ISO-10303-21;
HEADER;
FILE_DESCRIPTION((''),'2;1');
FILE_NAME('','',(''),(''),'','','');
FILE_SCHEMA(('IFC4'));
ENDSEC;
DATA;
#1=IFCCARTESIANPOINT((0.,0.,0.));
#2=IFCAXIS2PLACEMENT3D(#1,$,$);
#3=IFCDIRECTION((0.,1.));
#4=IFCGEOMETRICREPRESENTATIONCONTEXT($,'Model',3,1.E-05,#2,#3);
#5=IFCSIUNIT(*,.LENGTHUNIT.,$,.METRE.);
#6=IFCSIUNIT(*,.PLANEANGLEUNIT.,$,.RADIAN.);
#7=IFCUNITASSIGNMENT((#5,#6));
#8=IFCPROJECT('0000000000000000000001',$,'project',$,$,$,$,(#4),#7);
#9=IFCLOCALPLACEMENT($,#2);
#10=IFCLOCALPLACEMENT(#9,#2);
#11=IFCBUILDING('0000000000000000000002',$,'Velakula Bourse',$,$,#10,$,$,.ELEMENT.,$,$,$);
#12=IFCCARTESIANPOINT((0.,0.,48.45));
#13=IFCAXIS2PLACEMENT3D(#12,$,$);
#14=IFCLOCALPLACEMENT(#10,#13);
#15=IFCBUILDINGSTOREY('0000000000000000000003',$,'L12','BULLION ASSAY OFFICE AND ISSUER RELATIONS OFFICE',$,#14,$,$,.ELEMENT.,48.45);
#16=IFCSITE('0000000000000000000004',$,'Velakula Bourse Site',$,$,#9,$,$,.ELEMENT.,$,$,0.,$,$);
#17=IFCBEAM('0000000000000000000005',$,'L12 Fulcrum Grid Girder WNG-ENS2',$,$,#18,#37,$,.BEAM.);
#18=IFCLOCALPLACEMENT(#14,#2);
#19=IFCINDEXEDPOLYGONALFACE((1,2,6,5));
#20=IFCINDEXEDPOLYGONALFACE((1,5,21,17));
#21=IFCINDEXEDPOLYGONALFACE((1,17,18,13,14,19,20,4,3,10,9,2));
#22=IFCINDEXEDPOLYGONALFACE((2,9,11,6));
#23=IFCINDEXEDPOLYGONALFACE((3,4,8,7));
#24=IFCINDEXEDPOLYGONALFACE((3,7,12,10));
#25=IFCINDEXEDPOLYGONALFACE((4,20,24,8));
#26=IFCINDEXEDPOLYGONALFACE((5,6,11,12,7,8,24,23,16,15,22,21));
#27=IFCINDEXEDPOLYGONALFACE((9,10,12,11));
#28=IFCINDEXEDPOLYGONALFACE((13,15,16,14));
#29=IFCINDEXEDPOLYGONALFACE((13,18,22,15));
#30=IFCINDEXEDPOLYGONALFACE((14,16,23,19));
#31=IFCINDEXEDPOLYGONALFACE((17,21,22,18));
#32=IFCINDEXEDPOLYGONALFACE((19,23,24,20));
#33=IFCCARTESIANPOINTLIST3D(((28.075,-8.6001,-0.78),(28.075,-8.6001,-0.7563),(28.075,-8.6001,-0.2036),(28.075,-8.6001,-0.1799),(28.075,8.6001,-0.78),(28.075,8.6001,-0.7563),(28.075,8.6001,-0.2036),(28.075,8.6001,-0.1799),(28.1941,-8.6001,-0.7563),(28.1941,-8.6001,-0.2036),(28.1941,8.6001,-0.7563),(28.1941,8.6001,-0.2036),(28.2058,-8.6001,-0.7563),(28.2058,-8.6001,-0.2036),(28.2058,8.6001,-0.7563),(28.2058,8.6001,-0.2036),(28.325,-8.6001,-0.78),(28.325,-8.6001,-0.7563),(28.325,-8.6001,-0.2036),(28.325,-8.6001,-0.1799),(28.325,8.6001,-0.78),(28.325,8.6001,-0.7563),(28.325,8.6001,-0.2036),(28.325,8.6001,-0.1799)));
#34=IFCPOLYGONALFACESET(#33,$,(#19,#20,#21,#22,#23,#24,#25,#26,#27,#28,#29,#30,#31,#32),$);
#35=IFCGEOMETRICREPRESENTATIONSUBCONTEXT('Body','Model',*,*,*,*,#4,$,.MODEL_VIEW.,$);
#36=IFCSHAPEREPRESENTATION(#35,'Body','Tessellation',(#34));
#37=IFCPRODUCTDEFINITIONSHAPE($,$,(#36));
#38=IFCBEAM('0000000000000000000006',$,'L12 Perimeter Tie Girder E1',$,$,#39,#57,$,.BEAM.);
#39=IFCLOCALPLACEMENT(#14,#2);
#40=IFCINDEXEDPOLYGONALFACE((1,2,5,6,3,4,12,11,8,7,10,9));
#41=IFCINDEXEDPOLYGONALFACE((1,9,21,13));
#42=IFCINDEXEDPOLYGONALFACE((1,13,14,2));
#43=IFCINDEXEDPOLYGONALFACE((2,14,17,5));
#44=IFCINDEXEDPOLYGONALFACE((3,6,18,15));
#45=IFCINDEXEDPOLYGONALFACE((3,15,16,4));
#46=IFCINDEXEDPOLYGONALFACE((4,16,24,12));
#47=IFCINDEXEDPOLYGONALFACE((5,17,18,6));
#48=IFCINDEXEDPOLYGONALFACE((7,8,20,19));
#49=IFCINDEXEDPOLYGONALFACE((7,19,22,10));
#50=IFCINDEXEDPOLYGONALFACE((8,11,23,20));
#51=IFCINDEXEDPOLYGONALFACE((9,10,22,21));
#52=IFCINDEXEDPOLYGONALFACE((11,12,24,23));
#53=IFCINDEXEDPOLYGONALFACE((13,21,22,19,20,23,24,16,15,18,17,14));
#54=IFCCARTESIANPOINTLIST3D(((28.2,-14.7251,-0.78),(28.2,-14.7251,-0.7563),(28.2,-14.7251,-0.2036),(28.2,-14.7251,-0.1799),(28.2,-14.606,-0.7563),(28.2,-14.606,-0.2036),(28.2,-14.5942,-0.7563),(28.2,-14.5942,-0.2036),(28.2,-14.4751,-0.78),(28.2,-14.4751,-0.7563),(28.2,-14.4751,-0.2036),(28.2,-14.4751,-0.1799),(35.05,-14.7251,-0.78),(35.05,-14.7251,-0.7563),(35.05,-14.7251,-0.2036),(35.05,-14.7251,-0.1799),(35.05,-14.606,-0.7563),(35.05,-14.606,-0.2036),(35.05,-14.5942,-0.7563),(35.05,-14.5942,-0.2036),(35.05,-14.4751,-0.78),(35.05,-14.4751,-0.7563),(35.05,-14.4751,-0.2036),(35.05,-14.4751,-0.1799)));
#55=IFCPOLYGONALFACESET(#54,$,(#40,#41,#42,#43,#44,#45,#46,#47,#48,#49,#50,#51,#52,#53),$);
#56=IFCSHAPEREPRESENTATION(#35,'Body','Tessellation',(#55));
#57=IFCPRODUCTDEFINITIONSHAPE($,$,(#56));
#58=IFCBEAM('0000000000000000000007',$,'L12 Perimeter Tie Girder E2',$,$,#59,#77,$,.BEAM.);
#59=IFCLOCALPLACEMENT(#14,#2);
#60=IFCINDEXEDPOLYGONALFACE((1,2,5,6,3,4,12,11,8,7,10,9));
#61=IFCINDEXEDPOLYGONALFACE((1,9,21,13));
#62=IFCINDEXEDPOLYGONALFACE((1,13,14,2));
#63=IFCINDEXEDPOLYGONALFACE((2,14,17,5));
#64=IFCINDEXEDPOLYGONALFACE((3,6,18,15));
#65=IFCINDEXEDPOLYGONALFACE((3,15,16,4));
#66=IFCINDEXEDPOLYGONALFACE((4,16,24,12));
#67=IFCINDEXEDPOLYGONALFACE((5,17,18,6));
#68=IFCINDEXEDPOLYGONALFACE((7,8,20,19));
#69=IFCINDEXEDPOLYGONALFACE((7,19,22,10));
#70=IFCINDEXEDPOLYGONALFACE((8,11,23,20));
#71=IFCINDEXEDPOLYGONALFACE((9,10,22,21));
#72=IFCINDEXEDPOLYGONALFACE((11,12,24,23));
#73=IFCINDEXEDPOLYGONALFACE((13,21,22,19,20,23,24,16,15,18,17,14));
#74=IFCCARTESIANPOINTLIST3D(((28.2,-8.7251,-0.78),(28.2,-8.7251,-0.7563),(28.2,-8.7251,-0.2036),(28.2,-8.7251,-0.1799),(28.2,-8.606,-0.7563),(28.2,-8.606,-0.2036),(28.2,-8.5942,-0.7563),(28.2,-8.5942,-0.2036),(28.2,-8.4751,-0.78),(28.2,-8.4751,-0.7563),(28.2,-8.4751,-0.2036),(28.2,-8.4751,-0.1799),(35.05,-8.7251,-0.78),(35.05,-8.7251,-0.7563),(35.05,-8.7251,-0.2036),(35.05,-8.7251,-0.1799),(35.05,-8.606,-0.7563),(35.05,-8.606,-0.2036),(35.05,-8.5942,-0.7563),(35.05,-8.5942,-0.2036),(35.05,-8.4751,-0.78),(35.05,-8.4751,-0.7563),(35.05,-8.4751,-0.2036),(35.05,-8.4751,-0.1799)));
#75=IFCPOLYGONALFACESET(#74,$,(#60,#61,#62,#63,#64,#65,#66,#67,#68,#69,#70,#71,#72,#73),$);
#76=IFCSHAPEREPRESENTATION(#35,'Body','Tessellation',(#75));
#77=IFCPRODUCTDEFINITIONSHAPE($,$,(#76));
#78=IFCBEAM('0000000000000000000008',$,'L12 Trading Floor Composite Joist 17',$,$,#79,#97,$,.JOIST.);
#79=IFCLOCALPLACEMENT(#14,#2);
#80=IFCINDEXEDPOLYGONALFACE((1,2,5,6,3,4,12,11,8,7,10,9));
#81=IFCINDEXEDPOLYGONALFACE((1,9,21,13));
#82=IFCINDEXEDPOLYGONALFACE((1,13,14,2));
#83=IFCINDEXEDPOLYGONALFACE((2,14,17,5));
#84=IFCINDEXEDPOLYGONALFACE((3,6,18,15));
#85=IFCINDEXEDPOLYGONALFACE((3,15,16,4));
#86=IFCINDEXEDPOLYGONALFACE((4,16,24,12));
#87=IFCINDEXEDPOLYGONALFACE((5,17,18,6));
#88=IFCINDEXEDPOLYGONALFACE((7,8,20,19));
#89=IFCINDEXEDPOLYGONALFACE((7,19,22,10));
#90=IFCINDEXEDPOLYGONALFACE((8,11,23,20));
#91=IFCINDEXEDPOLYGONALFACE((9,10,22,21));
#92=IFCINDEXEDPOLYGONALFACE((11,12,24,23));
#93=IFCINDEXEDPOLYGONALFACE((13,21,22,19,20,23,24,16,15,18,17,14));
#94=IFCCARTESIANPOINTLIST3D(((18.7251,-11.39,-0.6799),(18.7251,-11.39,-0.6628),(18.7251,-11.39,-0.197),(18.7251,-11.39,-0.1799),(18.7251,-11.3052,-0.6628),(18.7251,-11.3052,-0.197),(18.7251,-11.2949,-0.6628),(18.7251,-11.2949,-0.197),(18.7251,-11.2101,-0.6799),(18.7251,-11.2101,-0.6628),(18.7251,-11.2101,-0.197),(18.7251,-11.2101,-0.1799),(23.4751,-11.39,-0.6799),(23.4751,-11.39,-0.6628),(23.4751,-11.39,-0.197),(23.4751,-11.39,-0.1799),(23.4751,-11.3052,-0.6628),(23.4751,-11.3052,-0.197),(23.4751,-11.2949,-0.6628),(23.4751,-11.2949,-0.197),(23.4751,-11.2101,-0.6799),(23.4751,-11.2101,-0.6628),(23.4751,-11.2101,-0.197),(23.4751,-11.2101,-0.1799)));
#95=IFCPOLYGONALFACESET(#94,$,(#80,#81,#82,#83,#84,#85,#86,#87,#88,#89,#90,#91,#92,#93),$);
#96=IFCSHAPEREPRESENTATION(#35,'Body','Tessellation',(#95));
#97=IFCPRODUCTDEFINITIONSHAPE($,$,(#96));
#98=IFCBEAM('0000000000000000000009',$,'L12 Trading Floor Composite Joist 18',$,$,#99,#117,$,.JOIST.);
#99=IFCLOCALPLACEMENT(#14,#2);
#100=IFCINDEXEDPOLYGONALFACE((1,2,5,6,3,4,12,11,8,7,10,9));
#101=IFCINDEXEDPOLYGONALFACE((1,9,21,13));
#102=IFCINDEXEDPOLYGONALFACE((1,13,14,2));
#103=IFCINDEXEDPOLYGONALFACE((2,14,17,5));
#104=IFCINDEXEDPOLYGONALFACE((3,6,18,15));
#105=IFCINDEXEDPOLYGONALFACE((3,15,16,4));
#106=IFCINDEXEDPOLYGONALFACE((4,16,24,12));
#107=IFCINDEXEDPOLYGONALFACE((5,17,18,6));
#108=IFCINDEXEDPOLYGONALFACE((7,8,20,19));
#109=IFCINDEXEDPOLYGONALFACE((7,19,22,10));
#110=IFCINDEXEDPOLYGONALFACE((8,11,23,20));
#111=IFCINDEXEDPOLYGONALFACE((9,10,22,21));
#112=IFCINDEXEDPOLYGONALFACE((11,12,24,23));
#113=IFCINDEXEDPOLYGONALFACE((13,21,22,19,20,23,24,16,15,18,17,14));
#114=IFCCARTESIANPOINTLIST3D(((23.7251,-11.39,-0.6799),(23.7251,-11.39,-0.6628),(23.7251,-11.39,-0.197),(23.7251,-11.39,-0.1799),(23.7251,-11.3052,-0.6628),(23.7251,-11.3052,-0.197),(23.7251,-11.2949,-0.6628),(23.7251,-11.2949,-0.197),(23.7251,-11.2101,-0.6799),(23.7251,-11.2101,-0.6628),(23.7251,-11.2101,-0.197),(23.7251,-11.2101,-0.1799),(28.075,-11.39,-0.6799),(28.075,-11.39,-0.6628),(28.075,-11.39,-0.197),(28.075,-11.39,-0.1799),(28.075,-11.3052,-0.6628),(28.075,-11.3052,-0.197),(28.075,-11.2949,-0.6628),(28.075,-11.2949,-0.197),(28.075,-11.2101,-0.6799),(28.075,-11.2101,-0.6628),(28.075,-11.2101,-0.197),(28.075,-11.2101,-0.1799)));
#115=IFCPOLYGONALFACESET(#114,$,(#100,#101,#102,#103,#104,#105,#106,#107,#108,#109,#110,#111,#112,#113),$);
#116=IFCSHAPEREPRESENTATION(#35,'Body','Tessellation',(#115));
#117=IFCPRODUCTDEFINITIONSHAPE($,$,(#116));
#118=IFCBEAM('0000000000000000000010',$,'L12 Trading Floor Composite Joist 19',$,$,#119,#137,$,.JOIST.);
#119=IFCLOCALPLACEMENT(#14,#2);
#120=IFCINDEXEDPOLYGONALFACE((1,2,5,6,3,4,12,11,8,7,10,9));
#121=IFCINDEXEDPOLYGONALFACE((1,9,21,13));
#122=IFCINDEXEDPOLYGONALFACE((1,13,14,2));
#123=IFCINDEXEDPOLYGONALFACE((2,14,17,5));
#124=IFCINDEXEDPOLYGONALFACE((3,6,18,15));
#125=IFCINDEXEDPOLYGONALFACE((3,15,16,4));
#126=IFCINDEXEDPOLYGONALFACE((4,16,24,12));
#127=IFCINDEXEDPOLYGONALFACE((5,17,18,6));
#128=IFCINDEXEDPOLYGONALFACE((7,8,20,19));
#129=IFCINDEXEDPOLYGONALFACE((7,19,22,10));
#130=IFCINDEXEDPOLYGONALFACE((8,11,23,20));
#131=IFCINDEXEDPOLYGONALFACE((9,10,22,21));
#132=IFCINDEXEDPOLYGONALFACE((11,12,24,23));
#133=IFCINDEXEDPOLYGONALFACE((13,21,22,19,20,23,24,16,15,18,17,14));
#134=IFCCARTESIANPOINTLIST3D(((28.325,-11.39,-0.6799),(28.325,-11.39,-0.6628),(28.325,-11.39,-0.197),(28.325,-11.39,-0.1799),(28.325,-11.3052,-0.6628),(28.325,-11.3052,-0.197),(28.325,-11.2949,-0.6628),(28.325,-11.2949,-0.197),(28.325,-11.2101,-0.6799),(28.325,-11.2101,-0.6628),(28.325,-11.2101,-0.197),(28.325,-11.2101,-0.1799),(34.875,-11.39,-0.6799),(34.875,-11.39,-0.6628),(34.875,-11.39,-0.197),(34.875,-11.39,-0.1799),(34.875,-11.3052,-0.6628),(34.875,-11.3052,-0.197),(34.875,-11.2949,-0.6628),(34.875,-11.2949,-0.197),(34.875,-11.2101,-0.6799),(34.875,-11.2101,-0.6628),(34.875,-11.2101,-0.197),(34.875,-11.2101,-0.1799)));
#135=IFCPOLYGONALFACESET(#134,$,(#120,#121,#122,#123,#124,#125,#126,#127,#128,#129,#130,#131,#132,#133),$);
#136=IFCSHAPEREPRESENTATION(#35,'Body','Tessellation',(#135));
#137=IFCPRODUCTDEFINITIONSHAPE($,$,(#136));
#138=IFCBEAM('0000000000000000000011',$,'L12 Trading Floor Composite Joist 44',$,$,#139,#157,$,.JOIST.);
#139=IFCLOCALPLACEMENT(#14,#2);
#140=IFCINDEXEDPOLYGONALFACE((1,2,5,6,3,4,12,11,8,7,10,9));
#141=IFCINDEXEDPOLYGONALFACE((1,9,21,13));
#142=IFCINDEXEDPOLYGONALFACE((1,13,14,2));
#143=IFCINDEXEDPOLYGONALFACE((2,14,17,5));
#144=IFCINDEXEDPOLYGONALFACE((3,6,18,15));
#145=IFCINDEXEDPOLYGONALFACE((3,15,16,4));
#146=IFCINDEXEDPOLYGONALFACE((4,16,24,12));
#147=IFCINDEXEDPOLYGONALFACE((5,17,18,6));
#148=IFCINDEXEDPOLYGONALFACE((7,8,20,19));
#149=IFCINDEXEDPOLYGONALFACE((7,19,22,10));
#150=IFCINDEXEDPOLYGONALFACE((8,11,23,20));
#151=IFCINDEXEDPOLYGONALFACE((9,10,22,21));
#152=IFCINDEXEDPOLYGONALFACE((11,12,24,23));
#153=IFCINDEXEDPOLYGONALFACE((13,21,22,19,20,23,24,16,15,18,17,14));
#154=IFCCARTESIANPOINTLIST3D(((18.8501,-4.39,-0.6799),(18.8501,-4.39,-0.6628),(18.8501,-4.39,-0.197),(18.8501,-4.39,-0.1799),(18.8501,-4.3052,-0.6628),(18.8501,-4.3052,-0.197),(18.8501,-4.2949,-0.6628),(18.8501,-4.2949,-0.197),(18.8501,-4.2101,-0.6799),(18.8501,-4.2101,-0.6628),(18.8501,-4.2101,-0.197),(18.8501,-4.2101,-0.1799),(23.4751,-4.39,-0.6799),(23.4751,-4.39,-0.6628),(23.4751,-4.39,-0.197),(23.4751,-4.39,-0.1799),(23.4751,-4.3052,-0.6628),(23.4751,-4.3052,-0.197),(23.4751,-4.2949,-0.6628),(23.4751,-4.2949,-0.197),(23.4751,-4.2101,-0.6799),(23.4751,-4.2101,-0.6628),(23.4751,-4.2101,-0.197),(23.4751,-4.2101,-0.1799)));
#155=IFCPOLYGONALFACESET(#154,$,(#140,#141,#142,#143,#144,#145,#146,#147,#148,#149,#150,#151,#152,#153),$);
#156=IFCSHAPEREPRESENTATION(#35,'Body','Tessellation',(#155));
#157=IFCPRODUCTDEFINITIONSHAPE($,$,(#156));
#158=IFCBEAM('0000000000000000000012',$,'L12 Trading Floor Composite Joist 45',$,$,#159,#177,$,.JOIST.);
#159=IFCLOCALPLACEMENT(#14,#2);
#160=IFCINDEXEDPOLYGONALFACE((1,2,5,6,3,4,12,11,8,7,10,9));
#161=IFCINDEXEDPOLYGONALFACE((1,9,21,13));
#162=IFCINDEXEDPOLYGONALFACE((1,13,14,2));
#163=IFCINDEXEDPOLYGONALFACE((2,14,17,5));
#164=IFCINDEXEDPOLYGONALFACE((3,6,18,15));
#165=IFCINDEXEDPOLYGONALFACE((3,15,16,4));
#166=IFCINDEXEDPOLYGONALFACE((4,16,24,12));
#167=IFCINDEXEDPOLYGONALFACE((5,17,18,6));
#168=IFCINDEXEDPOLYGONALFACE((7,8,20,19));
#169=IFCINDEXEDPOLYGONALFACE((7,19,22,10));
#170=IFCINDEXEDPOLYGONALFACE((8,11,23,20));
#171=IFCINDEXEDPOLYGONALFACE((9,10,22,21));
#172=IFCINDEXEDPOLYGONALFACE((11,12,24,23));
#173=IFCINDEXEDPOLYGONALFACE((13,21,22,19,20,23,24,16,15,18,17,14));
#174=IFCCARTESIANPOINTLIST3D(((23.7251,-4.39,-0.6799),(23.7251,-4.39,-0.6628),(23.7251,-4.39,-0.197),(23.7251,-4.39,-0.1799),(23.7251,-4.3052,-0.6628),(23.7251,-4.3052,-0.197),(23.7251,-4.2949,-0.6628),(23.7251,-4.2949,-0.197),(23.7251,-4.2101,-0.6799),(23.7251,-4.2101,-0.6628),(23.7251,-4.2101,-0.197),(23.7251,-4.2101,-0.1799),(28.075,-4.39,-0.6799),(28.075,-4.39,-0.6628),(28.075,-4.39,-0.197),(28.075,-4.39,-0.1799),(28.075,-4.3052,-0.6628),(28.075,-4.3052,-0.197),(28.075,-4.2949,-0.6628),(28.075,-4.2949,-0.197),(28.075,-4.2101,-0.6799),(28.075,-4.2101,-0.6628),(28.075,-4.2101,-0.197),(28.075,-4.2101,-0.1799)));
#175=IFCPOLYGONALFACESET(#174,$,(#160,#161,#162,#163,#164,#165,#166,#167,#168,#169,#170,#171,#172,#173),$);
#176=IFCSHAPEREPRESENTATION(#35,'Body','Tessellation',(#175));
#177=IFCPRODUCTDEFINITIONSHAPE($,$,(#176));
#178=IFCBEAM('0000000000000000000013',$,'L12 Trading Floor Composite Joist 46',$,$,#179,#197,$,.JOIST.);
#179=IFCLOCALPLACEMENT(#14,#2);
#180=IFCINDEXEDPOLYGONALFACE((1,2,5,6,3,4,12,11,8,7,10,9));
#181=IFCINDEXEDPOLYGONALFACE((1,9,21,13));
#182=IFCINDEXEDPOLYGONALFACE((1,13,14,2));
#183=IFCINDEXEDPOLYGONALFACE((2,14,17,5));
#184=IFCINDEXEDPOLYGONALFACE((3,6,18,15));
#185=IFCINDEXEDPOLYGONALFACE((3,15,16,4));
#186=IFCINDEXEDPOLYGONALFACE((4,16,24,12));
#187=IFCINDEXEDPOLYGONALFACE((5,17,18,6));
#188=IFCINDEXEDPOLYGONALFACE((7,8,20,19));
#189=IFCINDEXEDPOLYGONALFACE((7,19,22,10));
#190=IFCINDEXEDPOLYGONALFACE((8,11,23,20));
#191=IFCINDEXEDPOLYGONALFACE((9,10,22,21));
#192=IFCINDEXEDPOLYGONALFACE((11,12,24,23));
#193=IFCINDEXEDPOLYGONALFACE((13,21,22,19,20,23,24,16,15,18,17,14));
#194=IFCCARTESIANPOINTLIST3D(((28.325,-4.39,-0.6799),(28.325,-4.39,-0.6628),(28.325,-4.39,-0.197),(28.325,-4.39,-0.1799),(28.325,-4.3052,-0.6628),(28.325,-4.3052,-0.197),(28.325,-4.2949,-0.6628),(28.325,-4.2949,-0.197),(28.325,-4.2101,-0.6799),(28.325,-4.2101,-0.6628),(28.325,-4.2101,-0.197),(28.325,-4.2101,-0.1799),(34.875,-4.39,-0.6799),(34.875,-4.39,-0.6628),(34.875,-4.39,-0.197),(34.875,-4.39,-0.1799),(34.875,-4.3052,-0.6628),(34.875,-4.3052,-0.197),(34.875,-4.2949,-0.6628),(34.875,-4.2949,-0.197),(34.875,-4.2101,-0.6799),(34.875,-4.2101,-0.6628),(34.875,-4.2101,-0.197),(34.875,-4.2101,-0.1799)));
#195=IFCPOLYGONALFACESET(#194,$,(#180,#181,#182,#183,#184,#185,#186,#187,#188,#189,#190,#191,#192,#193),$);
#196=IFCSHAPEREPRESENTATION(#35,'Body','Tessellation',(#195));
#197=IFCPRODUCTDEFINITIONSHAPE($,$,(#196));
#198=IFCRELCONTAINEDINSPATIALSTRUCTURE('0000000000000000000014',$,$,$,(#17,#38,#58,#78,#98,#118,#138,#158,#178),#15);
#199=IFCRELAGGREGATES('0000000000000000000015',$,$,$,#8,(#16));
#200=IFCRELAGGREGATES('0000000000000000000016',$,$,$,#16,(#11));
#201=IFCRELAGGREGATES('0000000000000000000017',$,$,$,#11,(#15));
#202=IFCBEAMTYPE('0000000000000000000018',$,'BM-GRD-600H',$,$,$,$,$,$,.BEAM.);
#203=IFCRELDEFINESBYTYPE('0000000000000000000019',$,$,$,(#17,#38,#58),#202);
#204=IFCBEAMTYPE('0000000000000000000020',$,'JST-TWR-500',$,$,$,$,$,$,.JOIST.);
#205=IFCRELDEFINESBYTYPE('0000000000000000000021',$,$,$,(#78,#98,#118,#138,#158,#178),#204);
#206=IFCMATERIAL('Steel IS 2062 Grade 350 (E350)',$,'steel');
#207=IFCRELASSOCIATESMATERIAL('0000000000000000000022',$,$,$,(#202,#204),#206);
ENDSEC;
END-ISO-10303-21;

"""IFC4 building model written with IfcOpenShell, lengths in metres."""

from ifc_helpers import new_model, si_unit, direction, frame, origin, origin_2d, place, context, subcontext, project, spatial, i_section, extrude, material, material_profile, profile_set, type_object, element, save


model = new_model("IFC4")

# Units and contexts
model_context = context("Model", 3, precision=1e-05, world=origin(), true_north=direction((0.0, 1.0)))
body_context = subcontext(model_context, "Body", "Model", "MODEL_VIEW")
ifc_project = project(units=[si_unit("LENGTHUNIT", "METRE"), si_unit("PLANEANGLEUNIT", "RADIAN")], contexts=[model_context])

# Site, building, storey
site_placement = place(None, origin())
site = spatial("IfcSite", under=ifc_project, at=site_placement, Name="Velakula Bourse Site", CompositionType="ELEMENT", RefElevation=0.0)
building_placement = place(site_placement, origin())
building = spatial("IfcBuilding", under=site, at=building_placement, Name="Velakula Bourse", CompositionType="ELEMENT")
storey_placement = place(building_placement, frame((0.0, 0.0, 48.45)))
storey = spatial("IfcBuildingStorey", under=building, at=storey_placement, Name="L12", Description="BULLION ASSAY OFFICE AND ISSUER RELATIONS OFFICE", CompositionType="ELEMENT", Elevation=48.45)

# Beams
ifc_material_1 = material(Name="Steel IS 2062 Grade 350 (E350)", Category="steel")
ifc_material_profile_1 = material_profile(ifc_material_1, i_section(OverallWidth=0.25, OverallDepth=0.6001, WebThickness=0.0117, FlangeThickness=0.0237, at=origin_2d()), Name="Steel IS 2062 Grade 350 (E350)")
ifc_profile_set_1 = profile_set([ifc_material_profile_1], Name="Steel IS 2062 Grade 350 (E350)")
beam_type_1 = type_object("IfcBeamType", Name="BM-GRD-600H", PredefinedType="BEAM", material=ifc_profile_set_1)
beam_1_placement = place(storey_placement, frame((28.2, -8.6001, -0.48), z_axis=(0.0, 1.0, 0.0), x_axis=(-1.0, 0.0, 0.0)))
element("IfcBeam", 1, at=beam_1_placement, inside=storey, type_object=beam_type_1, Name="L12 Fulcrum Grid Girder WNG-ENS2", PredefinedType="BEAM", context=body_context, shape_type="SweptSolid", body=[
    extrude(i_section(OverallWidth=0.25, OverallDepth=0.6001, WebThickness=0.0117, FlangeThickness=0.0237, at=origin_2d()), origin(), (0.0, 0.0, 1.0), 17.2002),
])
for number, where, z_axis, x_axis, name in (
    (2, (28.2, -14.6001, -0.48), (1.0, 0.0, 0.0), (0.0, 1.0, 0.0), "L12 Perimeter Tie Girder E1"),
    (3, (28.2, -8.6001, -0.48), (1.0, 0.0, 0.0), (0.0, 1.0, 0.0), "L12 Perimeter Tie Girder E2"),
):
    element("IfcBeam", number, at=place(storey_placement, frame(where, z_axis=z_axis, x_axis=x_axis)), inside=storey, type_object=beam_type_1, Name=name, PredefinedType="BEAM", context=body_context, shape_type="SweptSolid", body=[
        extrude(i_section(OverallWidth=0.25, OverallDepth=0.6001, WebThickness=0.0117, FlangeThickness=0.0237, at=origin_2d()), origin(), (0.0, 0.0, 1.0), 6.8501),
    ])
ifc_material_profile_2 = material_profile(ifc_material_1, i_section(OverallWidth=0.1799, OverallDepth=0.5, WebThickness=0.0103, FlangeThickness=0.0171, at=origin_2d()), Name="Steel IS 2062 Grade 350 (E350)")
ifc_profile_set_2 = profile_set([ifc_material_profile_2], Name="Steel IS 2062 Grade 350 (E350)")
beam_type_2 = type_object("IfcBeamType", Name="JST-TWR-500", PredefinedType="JOIST", material=ifc_profile_set_2)
beam_2_placement = place(storey_placement, frame((18.7251, -11.3, -0.4299), z_axis=(1.0, 0.0, 0.0), x_axis=(0.0, 1.0, 0.0)))
element("IfcBeam", 4, at=beam_2_placement, inside=storey, type_object=beam_type_2, Name="L12 Trading Floor Composite Joist 17", PredefinedType="JOIST", context=body_context, shape_type="SweptSolid", body=[
    extrude(i_section(OverallWidth=0.1799, OverallDepth=0.5, WebThickness=0.0103, FlangeThickness=0.0171, at=origin_2d()), origin(), (0.0, 0.0, 1.0), 4.75),
])
beam_3_placement = place(storey_placement, frame((23.7251, -11.3, -0.4299), z_axis=(1.0, 0.0, 0.0), x_axis=(0.0, 1.0, 0.0)))
element("IfcBeam", 5, at=beam_3_placement, inside=storey, type_object=beam_type_2, Name="L12 Trading Floor Composite Joist 18", PredefinedType="JOIST", context=body_context, shape_type="SweptSolid", body=[
    extrude(i_section(OverallWidth=0.1799, OverallDepth=0.5, WebThickness=0.0103, FlangeThickness=0.0171, at=origin_2d()), origin(), (0.0, 0.0, 1.0), 4.3499),
])
beam_4_placement = place(storey_placement, frame((28.325, -11.3, -0.4299), z_axis=(1.0, 0.0, 0.0), x_axis=(0.0, 1.0, 0.0)))
element("IfcBeam", 6, at=beam_4_placement, inside=storey, type_object=beam_type_2, Name="L12 Trading Floor Composite Joist 19", PredefinedType="JOIST", context=body_context, shape_type="SweptSolid", body=[
    extrude(i_section(OverallWidth=0.1799, OverallDepth=0.5, WebThickness=0.0103, FlangeThickness=0.0171, at=origin_2d()), origin(), (0.0, 0.0, 1.0), 6.55),
])
beam_5_placement = place(storey_placement, frame((18.8501, -4.3, -0.4299), z_axis=(1.0, 0.0, 0.0), x_axis=(0.0, 1.0, 0.0)))
element("IfcBeam", 7, at=beam_5_placement, inside=storey, type_object=beam_type_2, Name="L12 Trading Floor Composite Joist 44", PredefinedType="JOIST", context=body_context, shape_type="SweptSolid", body=[
    extrude(i_section(OverallWidth=0.1799, OverallDepth=0.5, WebThickness=0.0103, FlangeThickness=0.0171, at=origin_2d()), origin(), (0.0, 0.0, 1.0), 4.625),
])
beam_6_placement = place(storey_placement, frame((23.7251, -4.3, -0.4299), z_axis=(1.0, 0.0, 0.0), x_axis=(0.0, 1.0, 0.0)))
element("IfcBeam", 8, at=beam_6_placement, inside=storey, type_object=beam_type_2, Name="L12 Trading Floor Composite Joist 45", PredefinedType="JOIST", context=body_context, shape_type="SweptSolid", body=[
    extrude(i_section(OverallWidth=0.1799, OverallDepth=0.5, WebThickness=0.0103, FlangeThickness=0.0171, at=origin_2d()), origin(), (0.0, 0.0, 1.0), 4.3499),
])
beam_7_placement = place(storey_placement, frame((28.325, -4.3, -0.4299), z_axis=(1.0, 0.0, 0.0), x_axis=(0.0, 1.0, 0.0)))
element("IfcBeam", 9, at=beam_7_placement, inside=storey, type_object=beam_type_2, Name="L12 Trading Floor Composite Joist 46", PredefinedType="JOIST", context=body_context, shape_type="SweptSolid", body=[
    extrude(i_section(OverallWidth=0.1799, OverallDepth=0.5, WebThickness=0.0103, FlangeThickness=0.0171, at=origin_2d()), origin(), (0.0, 0.0, 1.0), 6.55),
])

save(model, "model.ifc")
